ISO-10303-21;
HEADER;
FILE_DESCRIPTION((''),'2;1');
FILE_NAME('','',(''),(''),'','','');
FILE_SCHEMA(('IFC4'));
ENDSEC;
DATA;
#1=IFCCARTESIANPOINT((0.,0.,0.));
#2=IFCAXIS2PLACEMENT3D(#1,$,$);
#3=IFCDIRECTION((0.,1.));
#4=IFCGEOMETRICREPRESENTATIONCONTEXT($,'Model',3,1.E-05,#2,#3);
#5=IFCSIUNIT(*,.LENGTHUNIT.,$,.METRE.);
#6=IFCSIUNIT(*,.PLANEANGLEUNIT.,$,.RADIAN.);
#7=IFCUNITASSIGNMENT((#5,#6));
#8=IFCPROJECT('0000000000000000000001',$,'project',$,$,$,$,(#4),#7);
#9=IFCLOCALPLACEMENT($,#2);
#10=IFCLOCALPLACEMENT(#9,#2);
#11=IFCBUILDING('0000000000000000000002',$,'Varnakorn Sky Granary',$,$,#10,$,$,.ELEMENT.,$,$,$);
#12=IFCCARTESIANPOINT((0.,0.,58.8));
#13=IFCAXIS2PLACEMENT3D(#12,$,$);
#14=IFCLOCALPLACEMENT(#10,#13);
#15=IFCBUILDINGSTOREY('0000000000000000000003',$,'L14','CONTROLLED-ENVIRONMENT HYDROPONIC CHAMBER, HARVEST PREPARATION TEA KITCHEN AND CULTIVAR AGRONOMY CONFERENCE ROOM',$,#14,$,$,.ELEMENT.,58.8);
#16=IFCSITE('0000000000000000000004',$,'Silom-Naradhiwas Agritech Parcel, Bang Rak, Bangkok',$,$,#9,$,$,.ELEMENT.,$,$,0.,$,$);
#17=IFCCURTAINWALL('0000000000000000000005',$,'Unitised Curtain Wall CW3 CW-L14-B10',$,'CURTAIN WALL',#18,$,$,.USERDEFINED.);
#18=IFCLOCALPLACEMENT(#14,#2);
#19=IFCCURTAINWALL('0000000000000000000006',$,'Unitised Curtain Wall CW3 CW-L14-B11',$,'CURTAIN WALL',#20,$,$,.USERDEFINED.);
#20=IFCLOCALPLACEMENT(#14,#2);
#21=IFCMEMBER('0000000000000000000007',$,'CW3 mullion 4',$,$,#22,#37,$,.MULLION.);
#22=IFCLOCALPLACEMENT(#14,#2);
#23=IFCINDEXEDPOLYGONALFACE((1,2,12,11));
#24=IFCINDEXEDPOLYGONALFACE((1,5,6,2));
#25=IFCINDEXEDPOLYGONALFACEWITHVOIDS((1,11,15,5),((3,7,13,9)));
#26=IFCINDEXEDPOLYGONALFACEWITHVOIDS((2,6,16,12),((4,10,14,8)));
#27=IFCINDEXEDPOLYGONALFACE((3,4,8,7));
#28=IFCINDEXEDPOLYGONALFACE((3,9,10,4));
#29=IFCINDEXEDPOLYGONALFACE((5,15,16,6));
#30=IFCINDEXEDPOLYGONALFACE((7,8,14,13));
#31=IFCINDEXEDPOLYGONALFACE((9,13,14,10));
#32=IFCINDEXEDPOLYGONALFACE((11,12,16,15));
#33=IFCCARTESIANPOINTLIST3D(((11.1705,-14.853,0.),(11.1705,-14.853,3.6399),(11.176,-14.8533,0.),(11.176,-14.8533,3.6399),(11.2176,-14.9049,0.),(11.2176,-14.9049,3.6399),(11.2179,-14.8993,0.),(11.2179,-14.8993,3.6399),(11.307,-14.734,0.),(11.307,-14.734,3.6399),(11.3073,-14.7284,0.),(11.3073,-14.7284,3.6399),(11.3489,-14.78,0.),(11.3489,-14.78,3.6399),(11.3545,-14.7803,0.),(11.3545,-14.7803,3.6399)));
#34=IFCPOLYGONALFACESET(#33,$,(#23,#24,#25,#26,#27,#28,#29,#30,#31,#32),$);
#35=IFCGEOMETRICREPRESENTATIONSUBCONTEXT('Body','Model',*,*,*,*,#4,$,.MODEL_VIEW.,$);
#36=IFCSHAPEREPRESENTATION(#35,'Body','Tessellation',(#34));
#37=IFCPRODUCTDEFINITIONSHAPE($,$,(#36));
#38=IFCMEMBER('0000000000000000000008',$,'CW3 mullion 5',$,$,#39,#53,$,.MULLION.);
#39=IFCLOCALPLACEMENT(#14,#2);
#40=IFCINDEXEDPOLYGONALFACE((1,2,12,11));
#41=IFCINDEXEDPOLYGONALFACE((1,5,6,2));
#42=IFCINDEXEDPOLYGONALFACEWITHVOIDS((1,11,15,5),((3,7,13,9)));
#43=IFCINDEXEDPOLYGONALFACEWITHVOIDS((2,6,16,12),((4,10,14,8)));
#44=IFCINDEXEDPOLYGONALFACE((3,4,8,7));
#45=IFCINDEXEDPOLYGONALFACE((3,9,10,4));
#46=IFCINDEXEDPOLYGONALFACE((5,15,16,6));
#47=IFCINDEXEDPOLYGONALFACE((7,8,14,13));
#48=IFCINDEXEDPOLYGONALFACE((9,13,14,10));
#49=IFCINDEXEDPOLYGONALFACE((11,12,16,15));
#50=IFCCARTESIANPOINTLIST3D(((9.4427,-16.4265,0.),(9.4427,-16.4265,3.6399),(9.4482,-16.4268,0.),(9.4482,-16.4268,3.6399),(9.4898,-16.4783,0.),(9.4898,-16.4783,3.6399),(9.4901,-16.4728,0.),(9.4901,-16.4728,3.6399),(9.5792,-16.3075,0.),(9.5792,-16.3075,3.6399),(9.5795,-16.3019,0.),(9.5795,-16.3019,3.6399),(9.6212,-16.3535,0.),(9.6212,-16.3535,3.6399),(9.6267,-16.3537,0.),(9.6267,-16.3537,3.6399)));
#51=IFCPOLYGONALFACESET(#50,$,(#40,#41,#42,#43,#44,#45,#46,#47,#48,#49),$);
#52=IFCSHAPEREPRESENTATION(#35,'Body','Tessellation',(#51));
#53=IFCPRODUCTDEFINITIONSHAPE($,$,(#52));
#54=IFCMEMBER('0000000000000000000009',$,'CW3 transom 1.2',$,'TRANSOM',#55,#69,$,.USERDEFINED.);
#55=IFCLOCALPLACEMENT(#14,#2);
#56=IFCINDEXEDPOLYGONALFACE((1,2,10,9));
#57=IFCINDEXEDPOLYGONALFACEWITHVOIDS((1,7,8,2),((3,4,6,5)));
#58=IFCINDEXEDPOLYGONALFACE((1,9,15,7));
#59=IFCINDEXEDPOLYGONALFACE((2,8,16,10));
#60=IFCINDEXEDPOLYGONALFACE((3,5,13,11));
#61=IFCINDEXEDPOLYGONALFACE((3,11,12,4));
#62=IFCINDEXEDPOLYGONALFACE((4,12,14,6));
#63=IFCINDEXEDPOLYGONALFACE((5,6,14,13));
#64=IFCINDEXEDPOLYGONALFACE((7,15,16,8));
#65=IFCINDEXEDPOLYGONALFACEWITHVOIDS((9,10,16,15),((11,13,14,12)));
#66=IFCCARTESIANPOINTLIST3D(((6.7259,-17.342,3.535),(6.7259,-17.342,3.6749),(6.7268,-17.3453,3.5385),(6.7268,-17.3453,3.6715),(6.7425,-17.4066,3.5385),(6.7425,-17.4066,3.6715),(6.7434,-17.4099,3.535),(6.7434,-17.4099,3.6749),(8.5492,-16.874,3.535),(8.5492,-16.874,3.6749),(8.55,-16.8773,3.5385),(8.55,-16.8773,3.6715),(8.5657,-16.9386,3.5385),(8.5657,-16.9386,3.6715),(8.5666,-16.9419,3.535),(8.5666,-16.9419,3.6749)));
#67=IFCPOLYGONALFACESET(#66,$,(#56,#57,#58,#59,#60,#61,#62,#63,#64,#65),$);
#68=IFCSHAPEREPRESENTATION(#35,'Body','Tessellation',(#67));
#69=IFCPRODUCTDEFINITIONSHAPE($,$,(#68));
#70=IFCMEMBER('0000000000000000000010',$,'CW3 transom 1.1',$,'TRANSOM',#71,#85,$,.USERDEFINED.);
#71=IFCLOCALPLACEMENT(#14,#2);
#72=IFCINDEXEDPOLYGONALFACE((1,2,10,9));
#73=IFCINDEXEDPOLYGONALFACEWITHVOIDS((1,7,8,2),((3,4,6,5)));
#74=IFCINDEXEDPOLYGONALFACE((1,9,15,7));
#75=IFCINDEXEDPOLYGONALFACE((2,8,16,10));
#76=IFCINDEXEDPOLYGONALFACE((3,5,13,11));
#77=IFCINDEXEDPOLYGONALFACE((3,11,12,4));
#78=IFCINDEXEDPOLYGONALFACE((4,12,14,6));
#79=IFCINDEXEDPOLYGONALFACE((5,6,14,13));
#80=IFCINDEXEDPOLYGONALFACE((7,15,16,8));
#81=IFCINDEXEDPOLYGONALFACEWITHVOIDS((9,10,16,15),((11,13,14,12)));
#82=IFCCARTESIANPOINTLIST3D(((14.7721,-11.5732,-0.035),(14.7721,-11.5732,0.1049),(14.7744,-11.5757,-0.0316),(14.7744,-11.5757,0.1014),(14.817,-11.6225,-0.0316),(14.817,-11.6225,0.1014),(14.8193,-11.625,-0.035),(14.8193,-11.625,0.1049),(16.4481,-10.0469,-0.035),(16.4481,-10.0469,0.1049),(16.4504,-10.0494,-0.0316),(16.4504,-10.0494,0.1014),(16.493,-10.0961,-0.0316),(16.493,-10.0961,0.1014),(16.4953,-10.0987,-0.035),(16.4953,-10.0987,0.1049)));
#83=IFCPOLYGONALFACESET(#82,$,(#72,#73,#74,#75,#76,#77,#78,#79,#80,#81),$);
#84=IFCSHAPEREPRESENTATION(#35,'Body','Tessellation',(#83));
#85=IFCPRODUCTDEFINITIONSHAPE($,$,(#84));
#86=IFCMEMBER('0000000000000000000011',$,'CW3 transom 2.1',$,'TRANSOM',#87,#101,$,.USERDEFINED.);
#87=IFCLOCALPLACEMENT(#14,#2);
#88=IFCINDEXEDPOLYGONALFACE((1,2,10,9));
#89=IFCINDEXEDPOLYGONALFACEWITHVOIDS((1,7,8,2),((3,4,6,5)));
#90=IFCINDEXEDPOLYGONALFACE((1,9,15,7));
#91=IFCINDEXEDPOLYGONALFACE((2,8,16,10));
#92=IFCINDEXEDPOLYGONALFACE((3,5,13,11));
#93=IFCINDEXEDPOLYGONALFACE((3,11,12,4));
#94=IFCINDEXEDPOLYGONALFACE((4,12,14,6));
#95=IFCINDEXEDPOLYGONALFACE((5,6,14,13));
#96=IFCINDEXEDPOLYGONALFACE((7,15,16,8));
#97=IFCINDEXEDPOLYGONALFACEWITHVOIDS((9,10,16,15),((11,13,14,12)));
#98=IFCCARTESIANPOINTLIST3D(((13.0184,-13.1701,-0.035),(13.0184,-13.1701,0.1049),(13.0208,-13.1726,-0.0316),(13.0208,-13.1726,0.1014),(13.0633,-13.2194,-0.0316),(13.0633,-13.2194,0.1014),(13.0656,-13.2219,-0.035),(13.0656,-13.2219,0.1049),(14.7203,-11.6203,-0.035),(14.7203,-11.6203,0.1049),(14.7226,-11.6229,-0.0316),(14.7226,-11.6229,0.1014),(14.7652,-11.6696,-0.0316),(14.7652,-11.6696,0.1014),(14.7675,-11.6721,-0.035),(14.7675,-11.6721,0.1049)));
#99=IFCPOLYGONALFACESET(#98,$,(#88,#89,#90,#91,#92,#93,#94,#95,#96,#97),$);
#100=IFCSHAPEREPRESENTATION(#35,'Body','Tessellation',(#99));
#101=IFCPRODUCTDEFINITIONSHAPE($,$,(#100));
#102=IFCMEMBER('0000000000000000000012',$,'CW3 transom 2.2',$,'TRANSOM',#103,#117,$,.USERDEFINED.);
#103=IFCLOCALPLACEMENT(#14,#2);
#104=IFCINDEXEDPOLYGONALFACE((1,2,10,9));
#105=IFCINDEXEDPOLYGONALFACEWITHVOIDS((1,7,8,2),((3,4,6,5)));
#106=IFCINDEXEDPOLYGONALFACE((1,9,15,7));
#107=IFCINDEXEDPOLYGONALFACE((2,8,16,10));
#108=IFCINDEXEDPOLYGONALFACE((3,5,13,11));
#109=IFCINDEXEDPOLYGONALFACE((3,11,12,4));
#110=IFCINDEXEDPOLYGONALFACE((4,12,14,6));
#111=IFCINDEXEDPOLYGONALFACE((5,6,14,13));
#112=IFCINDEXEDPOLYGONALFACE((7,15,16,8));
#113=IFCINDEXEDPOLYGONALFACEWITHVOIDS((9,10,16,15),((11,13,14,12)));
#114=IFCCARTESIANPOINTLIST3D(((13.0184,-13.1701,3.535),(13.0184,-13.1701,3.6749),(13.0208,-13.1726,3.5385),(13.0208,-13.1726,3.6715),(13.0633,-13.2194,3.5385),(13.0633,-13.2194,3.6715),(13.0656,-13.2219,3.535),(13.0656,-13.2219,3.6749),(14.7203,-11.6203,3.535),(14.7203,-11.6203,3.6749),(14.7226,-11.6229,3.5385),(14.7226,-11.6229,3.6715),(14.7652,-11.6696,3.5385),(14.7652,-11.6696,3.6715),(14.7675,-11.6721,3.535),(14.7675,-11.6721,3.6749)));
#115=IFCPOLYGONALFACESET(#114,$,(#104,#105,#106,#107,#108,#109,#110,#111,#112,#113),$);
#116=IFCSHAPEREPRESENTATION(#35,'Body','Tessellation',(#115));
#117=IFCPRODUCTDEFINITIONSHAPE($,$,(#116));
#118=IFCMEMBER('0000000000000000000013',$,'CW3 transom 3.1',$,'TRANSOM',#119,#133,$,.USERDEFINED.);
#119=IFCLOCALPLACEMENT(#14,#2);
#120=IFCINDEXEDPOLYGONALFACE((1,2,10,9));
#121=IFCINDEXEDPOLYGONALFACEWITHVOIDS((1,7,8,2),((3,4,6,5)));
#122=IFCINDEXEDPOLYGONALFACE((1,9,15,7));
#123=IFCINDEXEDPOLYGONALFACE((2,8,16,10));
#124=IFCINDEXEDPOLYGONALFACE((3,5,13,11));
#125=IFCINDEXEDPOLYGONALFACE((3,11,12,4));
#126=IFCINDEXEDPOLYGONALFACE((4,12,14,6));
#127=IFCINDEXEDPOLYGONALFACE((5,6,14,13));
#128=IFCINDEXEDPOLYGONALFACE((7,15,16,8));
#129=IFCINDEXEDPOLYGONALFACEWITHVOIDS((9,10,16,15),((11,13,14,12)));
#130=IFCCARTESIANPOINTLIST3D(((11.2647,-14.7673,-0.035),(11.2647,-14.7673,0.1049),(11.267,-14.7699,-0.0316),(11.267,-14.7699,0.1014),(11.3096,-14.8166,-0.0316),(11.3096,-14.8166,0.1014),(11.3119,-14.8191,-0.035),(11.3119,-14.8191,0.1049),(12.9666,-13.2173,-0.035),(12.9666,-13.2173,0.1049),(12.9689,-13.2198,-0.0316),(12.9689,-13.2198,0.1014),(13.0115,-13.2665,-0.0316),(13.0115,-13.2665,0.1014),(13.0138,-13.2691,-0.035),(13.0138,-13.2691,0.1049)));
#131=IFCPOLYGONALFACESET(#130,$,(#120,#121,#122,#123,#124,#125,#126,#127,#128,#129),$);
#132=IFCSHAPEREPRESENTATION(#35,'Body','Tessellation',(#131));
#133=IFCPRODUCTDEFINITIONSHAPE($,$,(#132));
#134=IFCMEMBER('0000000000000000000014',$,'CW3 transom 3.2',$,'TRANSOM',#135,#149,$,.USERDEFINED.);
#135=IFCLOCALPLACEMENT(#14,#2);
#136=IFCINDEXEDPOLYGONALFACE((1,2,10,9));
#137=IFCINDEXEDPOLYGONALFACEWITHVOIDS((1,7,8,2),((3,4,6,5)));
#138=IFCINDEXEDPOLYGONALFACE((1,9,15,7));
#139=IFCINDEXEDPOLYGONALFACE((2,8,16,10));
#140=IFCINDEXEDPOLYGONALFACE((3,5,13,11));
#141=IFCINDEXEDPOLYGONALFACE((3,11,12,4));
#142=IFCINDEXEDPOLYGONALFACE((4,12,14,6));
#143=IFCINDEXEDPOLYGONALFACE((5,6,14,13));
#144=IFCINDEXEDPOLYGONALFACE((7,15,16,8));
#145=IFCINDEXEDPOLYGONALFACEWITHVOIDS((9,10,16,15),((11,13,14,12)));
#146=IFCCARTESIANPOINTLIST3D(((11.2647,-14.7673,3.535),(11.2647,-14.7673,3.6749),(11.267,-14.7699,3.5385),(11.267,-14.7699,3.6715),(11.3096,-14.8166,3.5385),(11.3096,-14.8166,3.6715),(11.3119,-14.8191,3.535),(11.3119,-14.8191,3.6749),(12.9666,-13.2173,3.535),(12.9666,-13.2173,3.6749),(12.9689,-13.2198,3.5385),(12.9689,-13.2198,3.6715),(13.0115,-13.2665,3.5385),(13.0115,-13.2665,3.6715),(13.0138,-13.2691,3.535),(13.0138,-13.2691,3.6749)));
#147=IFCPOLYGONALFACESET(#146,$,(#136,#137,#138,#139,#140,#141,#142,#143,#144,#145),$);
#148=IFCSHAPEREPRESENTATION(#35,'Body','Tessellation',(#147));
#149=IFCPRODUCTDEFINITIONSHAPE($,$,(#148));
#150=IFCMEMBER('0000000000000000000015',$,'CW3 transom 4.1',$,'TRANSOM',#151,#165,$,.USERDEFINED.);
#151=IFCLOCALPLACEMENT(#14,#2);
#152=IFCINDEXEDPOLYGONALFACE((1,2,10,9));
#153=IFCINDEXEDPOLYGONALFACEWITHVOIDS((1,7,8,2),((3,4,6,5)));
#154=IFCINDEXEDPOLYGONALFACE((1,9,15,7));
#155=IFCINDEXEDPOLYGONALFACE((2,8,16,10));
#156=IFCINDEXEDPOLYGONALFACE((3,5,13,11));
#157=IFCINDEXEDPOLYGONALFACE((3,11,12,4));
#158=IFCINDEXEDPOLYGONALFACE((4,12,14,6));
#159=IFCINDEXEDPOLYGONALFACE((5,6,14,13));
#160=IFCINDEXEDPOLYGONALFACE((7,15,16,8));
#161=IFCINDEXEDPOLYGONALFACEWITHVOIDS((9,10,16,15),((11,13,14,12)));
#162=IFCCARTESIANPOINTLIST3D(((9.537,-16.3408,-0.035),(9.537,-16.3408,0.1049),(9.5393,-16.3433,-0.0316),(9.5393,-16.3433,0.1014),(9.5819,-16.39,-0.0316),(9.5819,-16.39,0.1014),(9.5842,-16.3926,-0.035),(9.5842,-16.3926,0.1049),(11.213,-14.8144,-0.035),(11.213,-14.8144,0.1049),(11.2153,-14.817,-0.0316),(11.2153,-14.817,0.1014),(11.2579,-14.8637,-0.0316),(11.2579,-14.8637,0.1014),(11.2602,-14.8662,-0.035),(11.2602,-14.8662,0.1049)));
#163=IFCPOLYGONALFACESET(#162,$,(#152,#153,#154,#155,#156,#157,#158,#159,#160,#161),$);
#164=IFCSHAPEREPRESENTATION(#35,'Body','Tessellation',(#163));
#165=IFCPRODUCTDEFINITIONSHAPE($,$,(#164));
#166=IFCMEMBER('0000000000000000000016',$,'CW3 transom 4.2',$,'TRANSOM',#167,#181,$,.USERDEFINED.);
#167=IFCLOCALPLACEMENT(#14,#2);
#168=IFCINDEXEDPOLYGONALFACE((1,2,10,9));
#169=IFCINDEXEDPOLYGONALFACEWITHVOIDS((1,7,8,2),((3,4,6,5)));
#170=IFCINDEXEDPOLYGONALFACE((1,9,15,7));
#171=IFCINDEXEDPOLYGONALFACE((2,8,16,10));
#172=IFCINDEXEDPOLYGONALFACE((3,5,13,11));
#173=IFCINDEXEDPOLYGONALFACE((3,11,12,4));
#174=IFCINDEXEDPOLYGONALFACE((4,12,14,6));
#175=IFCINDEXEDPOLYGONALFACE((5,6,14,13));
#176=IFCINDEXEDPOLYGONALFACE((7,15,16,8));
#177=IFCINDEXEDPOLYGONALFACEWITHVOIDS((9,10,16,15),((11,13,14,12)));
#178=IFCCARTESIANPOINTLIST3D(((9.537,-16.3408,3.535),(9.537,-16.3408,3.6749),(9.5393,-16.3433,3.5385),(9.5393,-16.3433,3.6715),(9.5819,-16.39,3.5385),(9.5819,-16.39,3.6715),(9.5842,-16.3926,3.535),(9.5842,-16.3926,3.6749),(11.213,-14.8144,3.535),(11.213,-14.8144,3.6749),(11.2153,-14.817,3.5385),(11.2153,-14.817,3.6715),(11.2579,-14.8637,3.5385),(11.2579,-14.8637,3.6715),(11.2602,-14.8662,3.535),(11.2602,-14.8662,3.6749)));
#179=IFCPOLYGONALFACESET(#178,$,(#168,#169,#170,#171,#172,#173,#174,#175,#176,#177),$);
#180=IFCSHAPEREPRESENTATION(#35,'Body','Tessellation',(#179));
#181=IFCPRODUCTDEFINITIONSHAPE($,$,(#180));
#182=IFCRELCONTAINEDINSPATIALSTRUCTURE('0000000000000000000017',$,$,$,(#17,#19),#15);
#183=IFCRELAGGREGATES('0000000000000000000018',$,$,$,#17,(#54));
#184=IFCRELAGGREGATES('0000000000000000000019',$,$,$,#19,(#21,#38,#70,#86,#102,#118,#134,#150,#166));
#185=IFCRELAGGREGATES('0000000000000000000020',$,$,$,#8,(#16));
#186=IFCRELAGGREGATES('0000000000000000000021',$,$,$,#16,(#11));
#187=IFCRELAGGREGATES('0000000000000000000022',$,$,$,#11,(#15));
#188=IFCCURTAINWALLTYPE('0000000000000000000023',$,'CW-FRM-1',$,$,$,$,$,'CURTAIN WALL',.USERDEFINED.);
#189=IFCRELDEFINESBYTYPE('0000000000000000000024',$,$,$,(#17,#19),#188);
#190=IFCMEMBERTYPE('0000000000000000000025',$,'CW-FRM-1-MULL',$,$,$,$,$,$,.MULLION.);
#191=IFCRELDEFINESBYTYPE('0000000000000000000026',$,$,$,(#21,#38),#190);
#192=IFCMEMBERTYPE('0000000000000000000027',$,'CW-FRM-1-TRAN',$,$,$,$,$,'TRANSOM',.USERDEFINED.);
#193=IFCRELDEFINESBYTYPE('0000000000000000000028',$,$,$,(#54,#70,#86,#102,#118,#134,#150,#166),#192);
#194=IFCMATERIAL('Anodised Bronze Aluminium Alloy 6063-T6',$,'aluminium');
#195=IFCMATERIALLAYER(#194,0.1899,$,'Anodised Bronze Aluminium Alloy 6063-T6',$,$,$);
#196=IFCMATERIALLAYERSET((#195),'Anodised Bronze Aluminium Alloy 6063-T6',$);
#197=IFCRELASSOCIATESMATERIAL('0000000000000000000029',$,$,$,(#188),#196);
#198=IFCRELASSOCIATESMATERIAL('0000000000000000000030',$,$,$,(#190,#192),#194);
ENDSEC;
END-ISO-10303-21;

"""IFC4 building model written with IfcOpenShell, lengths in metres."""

from ifc_helpers import new_model, si_unit, direction, frame, origin, origin_2d, place, context, subcontext, project, spatial, hollow_rectangle, extrude, material, layer, layer_set, material_profile, profile_set, type_object, element, aggregate, save


model = new_model("IFC4")

# Units and contexts
model_context = context("Model", 3, precision=1e-05, world=origin(), true_north=direction((0.0, 1.0)))
body_context = subcontext(model_context, "Body", "Model", "MODEL_VIEW")
ifc_project = project(units=[si_unit("LENGTHUNIT", "METRE"), si_unit("PLANEANGLEUNIT", "RADIAN")], contexts=[model_context])

# Site, building, storey
site_placement = place(None, origin())
site = spatial("IfcSite", under=ifc_project, at=site_placement, Name="Silom-Naradhiwas Agritech Parcel, Bang Rak, Bangkok", CompositionType="ELEMENT", RefElevation=0.0)
building_placement = place(site_placement, origin())
building = spatial("IfcBuilding", under=site, at=building_placement, Name="Varnakorn Sky Granary", CompositionType="ELEMENT")
storey_placement = place(building_placement, frame((0.0, 0.0, 58.8)))
storey = spatial("IfcBuildingStorey", under=building, at=storey_placement, Name="L14", Description="CONTROLLED-ENVIRONMENT HYDROPONIC CHAMBER, HARVEST PREPARATION TEA KITCHEN AND CULTIVAR AGRONOMY CONFERENCE ROOM", CompositionType="ELEMENT", Elevation=58.8)

# Curtain wall
ifc_material_1 = material(Name="Anodised Bronze Aluminium Alloy 6063-T6", Category="aluminium")
ifc_layer_1 = layer(ifc_material_1, 0.1899, Name="Anodised Bronze Aluminium Alloy 6063-T6")
ifc_layer_set_1 = layer_set([ifc_layer_1], Name="Anodised Bronze Aluminium Alloy 6063-T6")
curtain_wall_type = type_object("IfcCurtainWallType", Name="CW-FRM-1", ElementType="CURTAIN WALL", PredefinedType="USERDEFINED", material=ifc_layer_set_1)
curtain_wall_1_placement = place(storey_placement, origin())
curtain_wall_1 = element("IfcCurtainWall", 1, at=curtain_wall_1_placement, inside=storey, type_object=curtain_wall_type, Name="Unitised Curtain Wall CW3 CW-L14-B10", ObjectType="CURTAIN WALL", PredefinedType="USERDEFINED")
ifc_material_profile_1 = material_profile(ifc_material_1, hollow_rectangle(XDim=0.0701, YDim=0.1851, WallThickness=0.0039, at=origin_2d()), Name="ALU MULL 70x185")
ifc_profile_set_1 = profile_set([ifc_material_profile_1], Name="Anodised Bronze Aluminium Alloy 6063-T6")
member_type_1 = type_object("IfcMemberType", Name="CW-FRM-1-MULL", PredefinedType="MULLION", material=ifc_profile_set_1)

# Curtain wall, members
curtain_wall_2_placement = place(storey_placement, origin())
curtain_wall_2 = element("IfcCurtainWall", 2, at=curtain_wall_2_placement, inside=storey, type_object=curtain_wall_type, Name="Unitised Curtain Wall CW3 CW-L14-B11", ObjectType="CURTAIN WALL", PredefinedType="USERDEFINED")
member_1_placement = place(storey_placement, frame((11.2625, -14.8167, 0.0), z_axis=(0.0, 0.0, 1.0), x_axis=(0.673319, -0.739352, 0.0)))
member_1 = element("IfcMember", 3, at=member_1_placement, type_object=member_type_1, Name="CW3 mullion 4", PredefinedType="MULLION", context=body_context, shape_type="SweptSolid", body=[
    extrude(hollow_rectangle(XDim=0.0701, YDim=0.1851, WallThickness=0.0039, at=origin_2d()), origin(), (0.0, 0.0, 1.0), 3.6399),
])
member_2_placement = place(storey_placement, frame((9.5347, -16.3901, 0.0), z_axis=(0.0, 0.0, 1.0), x_axis=(0.673319, -0.739352, 0.0)))
member_2 = element("IfcMember", 4, at=member_2_placement, type_object=member_type_1, Name="CW3 mullion 5", PredefinedType="MULLION", context=body_context, shape_type="SweptSolid", body=[
    extrude(hollow_rectangle(XDim=0.0701, YDim=0.1851, WallThickness=0.0039, at=origin_2d()), origin(), (0.0, 0.0, 1.0), 3.6399),
])

# Members
ifc_material_profile_2 = material_profile(ifc_material_1, hollow_rectangle(XDim=0.0701, YDim=0.1399, WallThickness=0.0034, at=origin_2d()), Name="ALU TRAN 70x140")
ifc_profile_set_2 = profile_set([ifc_material_profile_2], Name="Anodised Bronze Aluminium Alloy 6063-T6")
member_type_2 = type_object("IfcMemberType", Name="CW-FRM-1-TRAN", ElementType="TRANSOM", PredefinedType="USERDEFINED", material=ifc_profile_set_2)
member_3_placement = place(storey_placement, frame((8.5579, -16.908, 3.605), z_axis=(-0.968597, -0.248634, 0.0), x_axis=(0.248634, -0.968597, 0.0)))
member_3 = element("IfcMember", 5, at=member_3_placement, type_object=member_type_2, Name="CW3 transom 1.2", ObjectType="TRANSOM", PredefinedType="USERDEFINED", context=body_context, shape_type="SweptSolid", body=[
    extrude(hollow_rectangle(XDim=0.0701, YDim=0.1399, WallThickness=0.0034, at=origin_2d()), origin(), (0.0, 0.0, 1.0), 1.8823),
])
aggregate(curtain_wall_1, [member_3])
member_4_placement = place(storey_placement, frame((16.4717, -10.0728, 0.0349), z_axis=(-0.739345, -0.673327, 0.0), x_axis=(0.673327, -0.739345, 0.0)))
member_4 = element("IfcMember", 6, at=member_4_placement, type_object=member_type_2, Name="CW3 transom 1.1", ObjectType="TRANSOM", PredefinedType="USERDEFINED", context=body_context, shape_type="SweptSolid", body=[
    extrude(hollow_rectangle(XDim=0.0701, YDim=0.1399, WallThickness=0.0034, at=origin_2d()), origin(), (0.0, 0.0, 1.0), 2.2668),
])
member_5_placement = place(storey_placement, frame((14.7439, -11.6462, 0.0349), z_axis=(-0.739373, -0.673296, 0.0), x_axis=(0.673296, -0.739373, 0.0)))
member_5 = element("IfcMember", 7, at=member_5_placement, type_object=member_type_2, Name="CW3 transom 2.1", ObjectType="TRANSOM", PredefinedType="USERDEFINED", context=body_context, shape_type="SweptSolid", body=[
    extrude(hollow_rectangle(XDim=0.0701, YDim=0.1399, WallThickness=0.0034, at=origin_2d()), origin(), (0.0, 0.0, 1.0), 2.3018),
])
member_6_placement = place(storey_placement, frame((14.7439, -11.6462, 3.605), z_axis=(-0.739373, -0.673296, 0.0), x_axis=(0.673296, -0.739373, 0.0)))
member_6 = element("IfcMember", 8, at=member_6_placement, type_object=member_type_2, Name="CW3 transom 2.2", ObjectType="TRANSOM", PredefinedType="USERDEFINED", context=body_context, shape_type="SweptSolid", body=[
    extrude(hollow_rectangle(XDim=0.0701, YDim=0.1399, WallThickness=0.0034, at=origin_2d()), origin(), (0.0, 0.0, 1.0), 2.3018),
])
member_7_placement = place(storey_placement, frame((12.9902, -13.2432, 0.0349), z_axis=(-0.739321, -0.673353, 0.0), x_axis=(0.673353, -0.739321, 0.0)))
member_7 = element("IfcMember", 9, at=member_7_placement, type_object=member_type_2, Name="CW3 transom 3.1", ObjectType="TRANSOM", PredefinedType="USERDEFINED", context=body_context, shape_type="SweptSolid", body=[
    extrude(hollow_rectangle(XDim=0.0701, YDim=0.1399, WallThickness=0.0034, at=origin_2d()), origin(), (0.0, 0.0, 1.0), 2.302),
])
member_8_placement = place(storey_placement, frame((12.9902, -13.2432, 3.605), z_axis=(-0.739321, -0.673353, 0.0), x_axis=(0.673353, -0.739321, 0.0)))
member_8 = element("IfcMember", 10, at=member_8_placement, type_object=member_type_2, Name="CW3 transom 3.2", ObjectType="TRANSOM", PredefinedType="USERDEFINED", context=body_context, shape_type="SweptSolid", body=[
    extrude(hollow_rectangle(XDim=0.0701, YDim=0.1399, WallThickness=0.0034, at=origin_2d()), origin(), (0.0, 0.0, 1.0), 2.302),
])
member_9_placement = place(storey_placement, frame((11.2366, -14.8403, 0.0349), z_axis=(-0.739345, -0.673327, 0.0), x_axis=(0.673327, -0.739345, 0.0)))
member_9 = element("IfcMember", 11, at=member_9_placement, type_object=member_type_2, Name="CW3 transom 4.1", ObjectType="TRANSOM", PredefinedType="USERDEFINED", context=body_context, shape_type="SweptSolid", body=[
    extrude(hollow_rectangle(XDim=0.0701, YDim=0.1399, WallThickness=0.0034, at=origin_2d()), origin(), (0.0, 0.0, 1.0), 2.2668),
])
member_10_placement = place(storey_placement, frame((11.2366, -14.8403, 3.605), z_axis=(-0.739345, -0.673327, 0.0), x_axis=(0.673327, -0.739345, 0.0)))
member_10 = element("IfcMember", 12, at=member_10_placement, type_object=member_type_2, Name="CW3 transom 4.2", ObjectType="TRANSOM", PredefinedType="USERDEFINED", context=body_context, shape_type="SweptSolid", body=[
    extrude(hollow_rectangle(XDim=0.0701, YDim=0.1399, WallThickness=0.0034, at=origin_2d()), origin(), (0.0, 0.0, 1.0), 2.2668),
])

aggregate(curtain_wall_2, [member_1, member_2, member_4, member_5, member_6, member_7, member_8, member_9, member_10])

save(model, "model.ifc")
